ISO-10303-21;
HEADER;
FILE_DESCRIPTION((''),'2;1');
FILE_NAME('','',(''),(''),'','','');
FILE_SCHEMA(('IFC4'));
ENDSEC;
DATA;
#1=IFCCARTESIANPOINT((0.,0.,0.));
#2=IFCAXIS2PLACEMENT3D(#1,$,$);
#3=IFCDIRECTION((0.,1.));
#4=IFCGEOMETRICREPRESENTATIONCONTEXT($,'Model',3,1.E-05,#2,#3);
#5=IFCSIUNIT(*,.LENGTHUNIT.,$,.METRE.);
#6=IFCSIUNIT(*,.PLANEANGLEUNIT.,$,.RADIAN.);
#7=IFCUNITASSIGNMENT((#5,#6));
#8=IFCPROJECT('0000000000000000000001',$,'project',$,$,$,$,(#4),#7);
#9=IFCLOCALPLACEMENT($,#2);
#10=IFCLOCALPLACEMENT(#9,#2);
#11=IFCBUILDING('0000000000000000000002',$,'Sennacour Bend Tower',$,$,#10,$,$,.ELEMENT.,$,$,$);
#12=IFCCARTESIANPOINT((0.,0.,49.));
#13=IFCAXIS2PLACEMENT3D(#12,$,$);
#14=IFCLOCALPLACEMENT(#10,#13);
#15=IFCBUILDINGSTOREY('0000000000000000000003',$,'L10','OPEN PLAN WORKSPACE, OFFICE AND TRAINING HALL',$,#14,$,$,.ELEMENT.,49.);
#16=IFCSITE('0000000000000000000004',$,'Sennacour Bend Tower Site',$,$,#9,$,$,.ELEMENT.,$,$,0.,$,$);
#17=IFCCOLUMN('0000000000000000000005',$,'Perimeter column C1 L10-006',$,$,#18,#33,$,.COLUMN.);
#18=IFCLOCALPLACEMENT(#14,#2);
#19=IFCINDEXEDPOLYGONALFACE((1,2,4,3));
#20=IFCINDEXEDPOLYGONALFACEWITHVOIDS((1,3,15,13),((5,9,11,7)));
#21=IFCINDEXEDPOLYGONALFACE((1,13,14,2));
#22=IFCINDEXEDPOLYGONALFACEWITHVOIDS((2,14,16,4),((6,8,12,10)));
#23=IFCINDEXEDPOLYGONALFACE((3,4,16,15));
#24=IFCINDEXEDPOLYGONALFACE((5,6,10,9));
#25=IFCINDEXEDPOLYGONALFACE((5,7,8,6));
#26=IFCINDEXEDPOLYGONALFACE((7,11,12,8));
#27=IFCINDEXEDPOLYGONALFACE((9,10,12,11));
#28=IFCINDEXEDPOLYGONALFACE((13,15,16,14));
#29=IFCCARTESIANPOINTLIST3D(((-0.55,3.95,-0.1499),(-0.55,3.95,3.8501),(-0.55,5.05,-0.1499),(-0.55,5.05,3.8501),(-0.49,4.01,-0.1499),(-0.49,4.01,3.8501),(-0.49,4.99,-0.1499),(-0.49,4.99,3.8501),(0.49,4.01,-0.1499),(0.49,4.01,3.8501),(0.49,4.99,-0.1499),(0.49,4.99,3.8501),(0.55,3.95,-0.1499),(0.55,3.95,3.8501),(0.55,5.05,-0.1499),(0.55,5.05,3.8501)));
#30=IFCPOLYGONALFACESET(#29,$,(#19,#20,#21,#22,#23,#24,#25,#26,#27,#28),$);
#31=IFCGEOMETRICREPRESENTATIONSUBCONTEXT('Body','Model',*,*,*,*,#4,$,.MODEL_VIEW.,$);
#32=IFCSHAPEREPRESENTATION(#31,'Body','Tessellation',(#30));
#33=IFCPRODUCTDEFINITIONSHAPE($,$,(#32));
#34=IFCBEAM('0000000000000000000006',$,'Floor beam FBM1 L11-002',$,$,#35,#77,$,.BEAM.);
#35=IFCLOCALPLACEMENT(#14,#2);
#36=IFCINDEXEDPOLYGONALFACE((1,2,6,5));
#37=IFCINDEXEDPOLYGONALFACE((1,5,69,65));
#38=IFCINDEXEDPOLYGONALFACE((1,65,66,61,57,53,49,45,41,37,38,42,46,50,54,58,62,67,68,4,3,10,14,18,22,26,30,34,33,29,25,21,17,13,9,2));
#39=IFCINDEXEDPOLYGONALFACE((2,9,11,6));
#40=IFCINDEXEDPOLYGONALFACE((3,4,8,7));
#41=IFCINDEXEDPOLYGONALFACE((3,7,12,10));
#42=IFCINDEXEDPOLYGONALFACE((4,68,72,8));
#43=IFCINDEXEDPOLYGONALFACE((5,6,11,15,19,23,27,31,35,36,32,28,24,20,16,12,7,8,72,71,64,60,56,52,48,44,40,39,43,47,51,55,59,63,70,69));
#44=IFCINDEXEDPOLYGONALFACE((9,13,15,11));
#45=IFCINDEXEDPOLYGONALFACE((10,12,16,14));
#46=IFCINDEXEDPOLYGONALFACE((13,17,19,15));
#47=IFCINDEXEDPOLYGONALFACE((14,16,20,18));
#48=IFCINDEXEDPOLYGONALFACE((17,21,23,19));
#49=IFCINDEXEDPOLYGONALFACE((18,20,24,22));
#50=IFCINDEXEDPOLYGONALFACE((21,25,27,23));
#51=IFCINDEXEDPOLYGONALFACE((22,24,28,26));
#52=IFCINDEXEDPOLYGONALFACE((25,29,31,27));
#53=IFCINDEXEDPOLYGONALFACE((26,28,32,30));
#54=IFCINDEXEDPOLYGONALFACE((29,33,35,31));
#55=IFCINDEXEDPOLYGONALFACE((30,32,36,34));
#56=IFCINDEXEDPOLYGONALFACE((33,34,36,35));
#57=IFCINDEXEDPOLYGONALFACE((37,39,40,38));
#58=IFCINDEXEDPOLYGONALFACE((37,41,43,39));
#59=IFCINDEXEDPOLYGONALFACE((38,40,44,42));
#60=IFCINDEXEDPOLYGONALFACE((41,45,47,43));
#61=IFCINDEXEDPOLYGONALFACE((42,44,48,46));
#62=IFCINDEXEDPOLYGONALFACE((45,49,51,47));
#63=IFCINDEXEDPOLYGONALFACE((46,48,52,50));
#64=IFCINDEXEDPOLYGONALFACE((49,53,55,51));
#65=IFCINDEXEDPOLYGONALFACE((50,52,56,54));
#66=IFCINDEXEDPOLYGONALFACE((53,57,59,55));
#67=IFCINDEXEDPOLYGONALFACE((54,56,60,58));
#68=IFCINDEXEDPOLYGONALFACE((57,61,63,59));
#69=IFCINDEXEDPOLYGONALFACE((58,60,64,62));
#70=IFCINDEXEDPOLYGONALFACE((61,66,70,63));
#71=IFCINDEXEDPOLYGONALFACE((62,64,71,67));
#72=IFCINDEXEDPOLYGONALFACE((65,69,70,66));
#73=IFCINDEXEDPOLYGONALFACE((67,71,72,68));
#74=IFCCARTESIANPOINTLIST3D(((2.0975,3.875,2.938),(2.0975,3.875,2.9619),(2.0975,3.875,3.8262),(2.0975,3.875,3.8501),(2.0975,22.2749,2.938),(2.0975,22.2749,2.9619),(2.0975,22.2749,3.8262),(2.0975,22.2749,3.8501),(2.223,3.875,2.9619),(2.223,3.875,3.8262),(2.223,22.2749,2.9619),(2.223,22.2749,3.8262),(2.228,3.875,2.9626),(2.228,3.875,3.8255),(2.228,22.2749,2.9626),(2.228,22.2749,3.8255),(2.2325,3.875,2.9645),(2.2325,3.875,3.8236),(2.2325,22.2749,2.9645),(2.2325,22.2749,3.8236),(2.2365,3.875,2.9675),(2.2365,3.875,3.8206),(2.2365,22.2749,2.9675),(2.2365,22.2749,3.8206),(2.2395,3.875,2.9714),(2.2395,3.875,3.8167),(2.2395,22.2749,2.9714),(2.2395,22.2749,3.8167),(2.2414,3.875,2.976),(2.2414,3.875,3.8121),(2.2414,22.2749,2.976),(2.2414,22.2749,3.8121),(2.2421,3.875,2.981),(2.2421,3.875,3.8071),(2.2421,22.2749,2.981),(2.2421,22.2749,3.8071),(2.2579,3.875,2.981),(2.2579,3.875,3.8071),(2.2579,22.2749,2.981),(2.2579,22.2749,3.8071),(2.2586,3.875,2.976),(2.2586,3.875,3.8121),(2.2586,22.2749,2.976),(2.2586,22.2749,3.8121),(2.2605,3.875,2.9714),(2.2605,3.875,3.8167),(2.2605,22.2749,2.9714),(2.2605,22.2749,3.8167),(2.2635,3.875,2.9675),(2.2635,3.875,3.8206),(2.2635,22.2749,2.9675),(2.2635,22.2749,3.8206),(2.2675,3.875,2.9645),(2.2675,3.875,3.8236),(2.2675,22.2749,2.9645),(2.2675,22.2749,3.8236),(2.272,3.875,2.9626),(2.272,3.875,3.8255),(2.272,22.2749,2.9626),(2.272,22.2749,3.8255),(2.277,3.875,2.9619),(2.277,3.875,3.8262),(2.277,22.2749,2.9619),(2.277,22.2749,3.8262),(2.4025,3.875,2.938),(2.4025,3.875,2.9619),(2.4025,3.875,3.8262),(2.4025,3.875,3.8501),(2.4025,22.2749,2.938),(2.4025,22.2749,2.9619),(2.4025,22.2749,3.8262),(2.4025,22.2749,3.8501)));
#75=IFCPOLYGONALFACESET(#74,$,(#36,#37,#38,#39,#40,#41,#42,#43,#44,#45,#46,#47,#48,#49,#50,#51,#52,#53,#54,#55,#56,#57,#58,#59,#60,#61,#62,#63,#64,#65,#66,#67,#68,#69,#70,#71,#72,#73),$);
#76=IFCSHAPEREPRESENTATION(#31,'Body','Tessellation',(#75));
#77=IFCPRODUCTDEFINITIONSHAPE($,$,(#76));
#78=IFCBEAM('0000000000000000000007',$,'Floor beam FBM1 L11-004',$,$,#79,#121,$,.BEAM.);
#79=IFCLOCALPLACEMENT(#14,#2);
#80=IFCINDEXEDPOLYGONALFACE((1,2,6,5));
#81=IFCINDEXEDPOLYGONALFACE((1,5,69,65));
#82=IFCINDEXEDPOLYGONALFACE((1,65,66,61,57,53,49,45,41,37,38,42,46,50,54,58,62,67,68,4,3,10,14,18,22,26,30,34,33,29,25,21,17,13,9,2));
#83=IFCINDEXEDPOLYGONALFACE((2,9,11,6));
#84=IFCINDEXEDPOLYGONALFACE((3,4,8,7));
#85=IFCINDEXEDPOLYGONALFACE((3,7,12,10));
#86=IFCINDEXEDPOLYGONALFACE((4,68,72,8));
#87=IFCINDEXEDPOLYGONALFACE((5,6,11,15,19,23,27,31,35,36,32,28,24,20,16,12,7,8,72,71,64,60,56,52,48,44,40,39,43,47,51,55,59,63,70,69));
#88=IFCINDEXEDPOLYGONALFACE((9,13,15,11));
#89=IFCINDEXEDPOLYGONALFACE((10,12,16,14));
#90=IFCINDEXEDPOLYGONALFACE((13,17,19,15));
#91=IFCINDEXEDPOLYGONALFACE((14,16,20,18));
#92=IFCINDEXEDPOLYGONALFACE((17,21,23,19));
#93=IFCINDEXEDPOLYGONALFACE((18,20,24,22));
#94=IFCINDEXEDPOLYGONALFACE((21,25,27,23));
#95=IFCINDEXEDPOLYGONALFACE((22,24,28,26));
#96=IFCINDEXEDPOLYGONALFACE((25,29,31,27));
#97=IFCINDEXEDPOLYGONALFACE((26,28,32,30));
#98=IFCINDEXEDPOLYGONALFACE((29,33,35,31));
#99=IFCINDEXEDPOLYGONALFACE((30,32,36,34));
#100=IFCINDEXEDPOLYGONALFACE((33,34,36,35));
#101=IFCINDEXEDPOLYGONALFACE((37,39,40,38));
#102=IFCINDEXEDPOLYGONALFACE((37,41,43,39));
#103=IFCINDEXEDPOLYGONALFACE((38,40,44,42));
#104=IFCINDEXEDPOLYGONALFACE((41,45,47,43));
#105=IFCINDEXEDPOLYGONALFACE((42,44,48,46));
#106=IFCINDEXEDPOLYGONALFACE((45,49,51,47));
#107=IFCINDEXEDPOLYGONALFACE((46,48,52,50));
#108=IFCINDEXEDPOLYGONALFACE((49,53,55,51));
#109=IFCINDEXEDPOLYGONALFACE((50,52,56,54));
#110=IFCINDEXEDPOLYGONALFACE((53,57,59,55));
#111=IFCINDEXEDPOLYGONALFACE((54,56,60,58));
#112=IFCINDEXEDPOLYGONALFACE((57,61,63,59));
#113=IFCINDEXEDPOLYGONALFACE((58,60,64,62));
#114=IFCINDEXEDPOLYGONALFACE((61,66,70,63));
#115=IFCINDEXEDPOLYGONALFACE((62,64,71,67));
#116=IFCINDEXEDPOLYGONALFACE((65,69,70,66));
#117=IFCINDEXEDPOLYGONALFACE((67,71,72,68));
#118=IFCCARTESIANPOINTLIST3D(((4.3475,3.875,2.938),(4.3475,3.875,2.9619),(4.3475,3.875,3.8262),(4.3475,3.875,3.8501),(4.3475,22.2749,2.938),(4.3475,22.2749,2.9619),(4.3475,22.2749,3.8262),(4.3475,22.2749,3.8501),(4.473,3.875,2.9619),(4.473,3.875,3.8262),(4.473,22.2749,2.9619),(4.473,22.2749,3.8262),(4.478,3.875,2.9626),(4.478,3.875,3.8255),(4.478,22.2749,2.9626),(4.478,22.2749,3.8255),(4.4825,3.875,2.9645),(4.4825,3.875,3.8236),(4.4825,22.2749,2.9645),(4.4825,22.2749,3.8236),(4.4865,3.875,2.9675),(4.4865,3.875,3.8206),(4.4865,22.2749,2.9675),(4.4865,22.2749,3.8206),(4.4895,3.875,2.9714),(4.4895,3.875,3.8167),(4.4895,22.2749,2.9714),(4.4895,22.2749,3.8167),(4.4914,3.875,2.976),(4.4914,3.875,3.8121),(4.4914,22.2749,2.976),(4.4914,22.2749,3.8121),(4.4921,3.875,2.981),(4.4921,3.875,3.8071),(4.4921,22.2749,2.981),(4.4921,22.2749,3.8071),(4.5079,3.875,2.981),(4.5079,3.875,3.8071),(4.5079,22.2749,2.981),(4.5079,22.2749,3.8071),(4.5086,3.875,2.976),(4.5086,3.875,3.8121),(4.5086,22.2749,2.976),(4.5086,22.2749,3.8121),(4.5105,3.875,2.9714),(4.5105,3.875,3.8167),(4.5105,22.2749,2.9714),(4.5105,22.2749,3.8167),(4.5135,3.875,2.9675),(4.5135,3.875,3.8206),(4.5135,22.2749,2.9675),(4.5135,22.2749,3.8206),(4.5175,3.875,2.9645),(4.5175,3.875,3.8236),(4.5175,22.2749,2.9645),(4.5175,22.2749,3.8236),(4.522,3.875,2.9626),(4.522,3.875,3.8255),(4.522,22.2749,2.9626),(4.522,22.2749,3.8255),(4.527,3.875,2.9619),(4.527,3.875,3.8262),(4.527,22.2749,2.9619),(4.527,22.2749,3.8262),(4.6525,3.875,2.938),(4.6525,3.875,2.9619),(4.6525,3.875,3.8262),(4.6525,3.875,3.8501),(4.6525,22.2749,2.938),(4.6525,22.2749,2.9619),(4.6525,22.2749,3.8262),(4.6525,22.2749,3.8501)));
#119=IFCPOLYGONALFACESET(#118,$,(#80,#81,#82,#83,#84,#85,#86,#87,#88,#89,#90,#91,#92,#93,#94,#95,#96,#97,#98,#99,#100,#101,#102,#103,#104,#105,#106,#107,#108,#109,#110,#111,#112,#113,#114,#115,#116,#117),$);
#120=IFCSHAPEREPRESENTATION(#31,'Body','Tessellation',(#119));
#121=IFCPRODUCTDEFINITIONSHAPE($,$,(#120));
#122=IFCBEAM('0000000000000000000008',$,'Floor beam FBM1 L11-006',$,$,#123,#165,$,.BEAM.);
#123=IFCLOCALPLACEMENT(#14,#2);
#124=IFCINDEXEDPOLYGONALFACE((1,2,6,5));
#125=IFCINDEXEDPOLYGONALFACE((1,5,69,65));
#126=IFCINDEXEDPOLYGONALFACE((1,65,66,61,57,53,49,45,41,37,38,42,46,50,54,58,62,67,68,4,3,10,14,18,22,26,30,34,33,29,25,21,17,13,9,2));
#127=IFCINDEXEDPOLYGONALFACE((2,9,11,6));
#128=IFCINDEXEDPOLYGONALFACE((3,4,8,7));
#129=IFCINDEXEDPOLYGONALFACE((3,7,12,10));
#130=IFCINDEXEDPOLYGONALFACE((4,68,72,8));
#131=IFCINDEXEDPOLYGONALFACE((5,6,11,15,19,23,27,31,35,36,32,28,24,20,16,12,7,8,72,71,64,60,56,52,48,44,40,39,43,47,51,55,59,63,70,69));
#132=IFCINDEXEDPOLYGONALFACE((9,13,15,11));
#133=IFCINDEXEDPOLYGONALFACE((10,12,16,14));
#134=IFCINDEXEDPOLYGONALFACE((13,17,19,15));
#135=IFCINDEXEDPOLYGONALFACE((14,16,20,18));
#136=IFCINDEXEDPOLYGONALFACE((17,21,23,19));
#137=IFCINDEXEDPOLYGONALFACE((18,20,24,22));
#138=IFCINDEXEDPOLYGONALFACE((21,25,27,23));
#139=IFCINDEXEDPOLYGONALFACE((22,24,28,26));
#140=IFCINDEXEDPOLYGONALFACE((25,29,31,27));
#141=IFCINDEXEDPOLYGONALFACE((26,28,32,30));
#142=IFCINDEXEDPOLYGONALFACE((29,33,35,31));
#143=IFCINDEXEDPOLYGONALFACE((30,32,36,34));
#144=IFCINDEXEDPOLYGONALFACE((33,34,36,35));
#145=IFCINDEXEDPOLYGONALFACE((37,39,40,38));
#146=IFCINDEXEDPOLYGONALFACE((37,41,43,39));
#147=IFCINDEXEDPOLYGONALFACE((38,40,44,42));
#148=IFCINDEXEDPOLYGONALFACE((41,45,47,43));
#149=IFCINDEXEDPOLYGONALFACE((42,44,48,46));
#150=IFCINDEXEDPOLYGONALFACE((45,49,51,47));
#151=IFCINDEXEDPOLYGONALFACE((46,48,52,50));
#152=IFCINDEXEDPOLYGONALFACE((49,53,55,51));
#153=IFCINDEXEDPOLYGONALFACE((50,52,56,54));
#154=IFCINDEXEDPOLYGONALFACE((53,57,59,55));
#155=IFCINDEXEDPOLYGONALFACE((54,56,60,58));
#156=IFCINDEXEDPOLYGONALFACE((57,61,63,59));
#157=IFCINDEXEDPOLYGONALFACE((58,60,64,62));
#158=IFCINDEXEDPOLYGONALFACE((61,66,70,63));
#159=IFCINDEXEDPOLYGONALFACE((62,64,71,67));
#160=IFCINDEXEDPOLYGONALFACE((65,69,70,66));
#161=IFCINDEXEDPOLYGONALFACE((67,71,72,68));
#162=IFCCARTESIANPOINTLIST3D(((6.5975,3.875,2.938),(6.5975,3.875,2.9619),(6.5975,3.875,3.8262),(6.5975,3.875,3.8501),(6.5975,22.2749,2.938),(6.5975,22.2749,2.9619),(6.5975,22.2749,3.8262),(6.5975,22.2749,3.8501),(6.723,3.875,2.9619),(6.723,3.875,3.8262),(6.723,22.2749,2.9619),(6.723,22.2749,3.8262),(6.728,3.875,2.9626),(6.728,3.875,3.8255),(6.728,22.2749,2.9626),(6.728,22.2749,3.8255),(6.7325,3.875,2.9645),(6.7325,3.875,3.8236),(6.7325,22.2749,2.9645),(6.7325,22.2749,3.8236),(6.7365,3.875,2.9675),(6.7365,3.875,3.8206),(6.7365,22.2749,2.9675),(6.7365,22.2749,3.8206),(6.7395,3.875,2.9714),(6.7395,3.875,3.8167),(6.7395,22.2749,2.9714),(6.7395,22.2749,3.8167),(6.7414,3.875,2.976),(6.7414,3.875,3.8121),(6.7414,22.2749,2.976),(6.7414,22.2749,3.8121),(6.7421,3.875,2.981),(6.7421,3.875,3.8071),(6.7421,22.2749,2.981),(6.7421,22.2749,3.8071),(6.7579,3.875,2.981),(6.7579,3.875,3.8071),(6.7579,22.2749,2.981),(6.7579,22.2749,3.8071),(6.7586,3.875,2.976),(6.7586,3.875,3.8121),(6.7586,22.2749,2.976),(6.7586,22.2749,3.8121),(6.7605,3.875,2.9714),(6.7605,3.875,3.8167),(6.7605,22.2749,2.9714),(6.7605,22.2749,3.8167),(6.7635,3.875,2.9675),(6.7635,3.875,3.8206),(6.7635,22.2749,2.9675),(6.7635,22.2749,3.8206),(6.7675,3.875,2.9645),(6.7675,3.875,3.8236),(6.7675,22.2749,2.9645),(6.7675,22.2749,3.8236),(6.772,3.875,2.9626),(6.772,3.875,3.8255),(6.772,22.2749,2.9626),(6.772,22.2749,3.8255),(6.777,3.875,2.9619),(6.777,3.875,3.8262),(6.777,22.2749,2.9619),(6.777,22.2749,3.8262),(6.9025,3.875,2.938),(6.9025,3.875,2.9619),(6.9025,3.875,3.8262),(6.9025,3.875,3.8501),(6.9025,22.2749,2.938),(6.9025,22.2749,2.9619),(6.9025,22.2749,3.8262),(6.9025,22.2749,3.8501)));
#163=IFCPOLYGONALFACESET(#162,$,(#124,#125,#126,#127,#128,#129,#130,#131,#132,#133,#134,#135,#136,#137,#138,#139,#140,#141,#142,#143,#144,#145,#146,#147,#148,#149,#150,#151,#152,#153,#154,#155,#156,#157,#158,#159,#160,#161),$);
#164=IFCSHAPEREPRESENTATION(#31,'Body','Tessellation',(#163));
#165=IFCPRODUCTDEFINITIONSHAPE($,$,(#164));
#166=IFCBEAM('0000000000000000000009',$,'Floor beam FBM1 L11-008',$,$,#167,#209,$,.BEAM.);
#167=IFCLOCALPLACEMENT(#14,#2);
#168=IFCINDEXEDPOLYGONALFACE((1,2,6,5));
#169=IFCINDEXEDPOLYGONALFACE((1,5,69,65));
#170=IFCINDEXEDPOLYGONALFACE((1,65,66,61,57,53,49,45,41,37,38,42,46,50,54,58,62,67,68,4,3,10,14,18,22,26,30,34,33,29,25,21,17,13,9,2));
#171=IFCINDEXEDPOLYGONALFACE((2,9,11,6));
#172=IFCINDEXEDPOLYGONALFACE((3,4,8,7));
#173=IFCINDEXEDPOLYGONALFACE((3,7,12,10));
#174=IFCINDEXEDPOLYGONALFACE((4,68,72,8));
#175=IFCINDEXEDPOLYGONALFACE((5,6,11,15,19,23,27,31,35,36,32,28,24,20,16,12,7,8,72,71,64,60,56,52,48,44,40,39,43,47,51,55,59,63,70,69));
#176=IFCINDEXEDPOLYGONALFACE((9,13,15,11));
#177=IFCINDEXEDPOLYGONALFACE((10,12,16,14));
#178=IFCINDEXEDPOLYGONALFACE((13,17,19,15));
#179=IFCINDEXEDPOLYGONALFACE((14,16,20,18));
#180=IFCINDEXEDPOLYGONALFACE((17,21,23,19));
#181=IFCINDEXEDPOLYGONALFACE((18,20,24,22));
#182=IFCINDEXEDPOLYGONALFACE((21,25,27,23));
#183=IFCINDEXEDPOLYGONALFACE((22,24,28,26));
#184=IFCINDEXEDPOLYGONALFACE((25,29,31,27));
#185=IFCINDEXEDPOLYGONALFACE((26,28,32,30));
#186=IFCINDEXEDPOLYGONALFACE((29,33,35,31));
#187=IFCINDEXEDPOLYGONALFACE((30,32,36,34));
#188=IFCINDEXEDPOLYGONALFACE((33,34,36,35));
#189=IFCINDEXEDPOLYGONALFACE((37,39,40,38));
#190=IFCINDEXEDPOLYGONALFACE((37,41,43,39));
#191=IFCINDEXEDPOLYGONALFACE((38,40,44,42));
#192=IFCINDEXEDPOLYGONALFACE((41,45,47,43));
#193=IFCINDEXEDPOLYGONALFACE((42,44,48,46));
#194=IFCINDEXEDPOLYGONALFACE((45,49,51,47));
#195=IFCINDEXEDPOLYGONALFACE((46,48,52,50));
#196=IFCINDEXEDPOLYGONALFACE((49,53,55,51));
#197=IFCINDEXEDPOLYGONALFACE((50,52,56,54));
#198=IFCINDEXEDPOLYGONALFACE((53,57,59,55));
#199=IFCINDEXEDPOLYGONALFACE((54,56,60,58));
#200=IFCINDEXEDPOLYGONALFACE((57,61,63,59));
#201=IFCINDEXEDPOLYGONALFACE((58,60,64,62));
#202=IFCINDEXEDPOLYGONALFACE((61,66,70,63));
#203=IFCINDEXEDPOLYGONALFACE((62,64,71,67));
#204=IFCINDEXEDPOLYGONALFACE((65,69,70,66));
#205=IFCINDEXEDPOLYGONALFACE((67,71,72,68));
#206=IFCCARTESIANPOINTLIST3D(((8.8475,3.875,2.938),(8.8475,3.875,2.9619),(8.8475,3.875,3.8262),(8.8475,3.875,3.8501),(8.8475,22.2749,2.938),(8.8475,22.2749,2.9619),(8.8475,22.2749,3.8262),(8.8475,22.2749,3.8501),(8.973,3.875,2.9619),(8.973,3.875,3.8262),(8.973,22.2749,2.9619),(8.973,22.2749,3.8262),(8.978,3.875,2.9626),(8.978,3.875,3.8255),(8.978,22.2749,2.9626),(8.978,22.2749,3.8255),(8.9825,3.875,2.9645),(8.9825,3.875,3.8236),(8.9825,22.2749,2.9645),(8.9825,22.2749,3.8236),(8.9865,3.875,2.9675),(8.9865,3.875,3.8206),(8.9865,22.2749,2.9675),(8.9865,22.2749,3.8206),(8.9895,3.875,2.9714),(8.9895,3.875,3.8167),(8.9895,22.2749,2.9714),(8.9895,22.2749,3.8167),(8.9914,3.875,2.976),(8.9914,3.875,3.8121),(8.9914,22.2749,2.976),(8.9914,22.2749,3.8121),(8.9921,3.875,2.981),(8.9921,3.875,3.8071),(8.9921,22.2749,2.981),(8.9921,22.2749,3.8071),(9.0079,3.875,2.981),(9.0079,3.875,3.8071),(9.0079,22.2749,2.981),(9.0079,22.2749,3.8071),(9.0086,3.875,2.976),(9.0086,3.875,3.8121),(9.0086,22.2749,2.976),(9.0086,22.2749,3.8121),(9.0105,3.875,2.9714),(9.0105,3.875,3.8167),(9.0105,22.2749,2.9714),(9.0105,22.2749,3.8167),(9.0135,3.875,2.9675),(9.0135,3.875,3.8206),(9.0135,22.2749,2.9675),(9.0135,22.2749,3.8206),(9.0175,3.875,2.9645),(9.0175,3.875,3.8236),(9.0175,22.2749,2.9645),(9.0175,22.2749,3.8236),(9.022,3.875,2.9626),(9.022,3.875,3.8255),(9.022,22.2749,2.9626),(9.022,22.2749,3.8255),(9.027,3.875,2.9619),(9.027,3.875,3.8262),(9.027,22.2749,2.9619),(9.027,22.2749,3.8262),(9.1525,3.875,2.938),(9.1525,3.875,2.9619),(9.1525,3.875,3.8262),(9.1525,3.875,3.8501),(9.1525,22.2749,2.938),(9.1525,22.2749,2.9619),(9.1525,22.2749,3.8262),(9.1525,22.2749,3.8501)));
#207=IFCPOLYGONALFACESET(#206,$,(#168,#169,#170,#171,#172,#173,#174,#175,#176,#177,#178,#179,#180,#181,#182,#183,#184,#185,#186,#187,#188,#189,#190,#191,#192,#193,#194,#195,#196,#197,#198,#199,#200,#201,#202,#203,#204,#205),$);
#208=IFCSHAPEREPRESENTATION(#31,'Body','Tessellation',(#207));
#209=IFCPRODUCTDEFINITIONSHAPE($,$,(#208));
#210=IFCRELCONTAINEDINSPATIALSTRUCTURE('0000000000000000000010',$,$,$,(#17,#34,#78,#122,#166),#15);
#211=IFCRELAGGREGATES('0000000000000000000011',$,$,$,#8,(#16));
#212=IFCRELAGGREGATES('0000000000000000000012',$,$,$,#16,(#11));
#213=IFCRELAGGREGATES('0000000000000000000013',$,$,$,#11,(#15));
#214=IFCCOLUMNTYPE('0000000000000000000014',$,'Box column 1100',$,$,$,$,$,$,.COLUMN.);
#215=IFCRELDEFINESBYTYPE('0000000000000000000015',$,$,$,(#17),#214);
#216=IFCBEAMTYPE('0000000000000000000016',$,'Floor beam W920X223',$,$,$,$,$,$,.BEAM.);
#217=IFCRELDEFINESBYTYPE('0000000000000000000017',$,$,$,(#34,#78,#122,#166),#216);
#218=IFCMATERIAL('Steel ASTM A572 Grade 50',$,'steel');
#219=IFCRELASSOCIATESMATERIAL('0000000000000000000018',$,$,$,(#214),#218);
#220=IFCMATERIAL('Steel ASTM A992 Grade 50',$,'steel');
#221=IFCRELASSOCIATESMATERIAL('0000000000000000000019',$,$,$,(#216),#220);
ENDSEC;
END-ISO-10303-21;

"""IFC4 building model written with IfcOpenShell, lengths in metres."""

from ifc_helpers import new_model, si_unit, direction, frame, origin, origin_2d, place, context, subcontext, project, spatial, hollow_rectangle, i_section, extrude, material, material_profile, profile_set, type_object, element, save


model = new_model("IFC4")

# Units and contexts
model_context = context("Model", 3, precision=1e-05, world=origin(), true_north=direction((0.0, 1.0)))
body_context = subcontext(model_context, "Body", "Model", "MODEL_VIEW")
ifc_project = project(units=[si_unit("LENGTHUNIT", "METRE"), si_unit("PLANEANGLEUNIT", "RADIAN")], contexts=[model_context])

# Site, building, storey
site_placement = place(None, origin())
site = spatial("IfcSite", under=ifc_project, at=site_placement, Name="Sennacour Bend Tower Site", CompositionType="ELEMENT", RefElevation=0.0)
building_placement = place(site_placement, origin())
building = spatial("IfcBuilding", under=site, at=building_placement, Name="Sennacour Bend Tower", CompositionType="ELEMENT")
storey_placement = place(building_placement, frame((0.0, 0.0, 49.0)))
storey = spatial("IfcBuildingStorey", under=building, at=storey_placement, Name="L10", Description="OPEN PLAN WORKSPACE, OFFICE AND TRAINING HALL", CompositionType="ELEMENT", Elevation=49.0)

# Column
ifc_material_1 = material(Name="Steel ASTM A572 Grade 50", Category="steel")
ifc_material_profile_1 = material_profile(ifc_material_1, hollow_rectangle(XDim=1.1001, YDim=1.1001, WallThickness=0.0601, at=origin_2d()), Name="Steel ASTM A572 Grade 50", Category="steel")
ifc_profile_set_1 = profile_set([ifc_material_profile_1], Name="Steel ASTM A572 Grade 50")
column_type = type_object("IfcColumnType", Name="Box column 1100", PredefinedType="COLUMN", material=ifc_profile_set_1)
column_placement = place(storey_placement, frame((0.0, 4.5, -0.1499), z_axis=(0.0, 0.0, 1.0), x_axis=(1.0, 0.0, 0.0)))
element("IfcColumn", 1, at=column_placement, inside=storey, type_object=column_type, Name="Perimeter column C1 L10-006", PredefinedType="COLUMN", context=body_context, shape_type="SweptSolid", body=[
    extrude(hollow_rectangle(XDim=1.1001, YDim=1.1001, WallThickness=0.0601, at=origin_2d()), origin(), (0.0, 0.0, 1.0), 4.0),
])

# Beams
ifc_material_2 = material(Name="Steel ASTM A992 Grade 50", Category="steel")
ifc_material_profile_2 = material_profile(ifc_material_2, i_section(OverallWidth=0.3049, OverallDepth=0.9121, WebThickness=0.0159, FlangeThickness=0.0239, FilletRadius=0.019, at=origin_2d()), Name="Steel ASTM A992 Grade 50", Category="steel")
ifc_profile_set_2 = profile_set([ifc_material_profile_2], Name="Steel ASTM A992 Grade 50")
beam_type_1 = type_object("IfcBeamType", Name="Floor beam W920X223", PredefinedType="BEAM", material=ifc_profile_set_2)
for number, where, z_axis, x_axis, name in (
    (2, (2.25, 3.875, 3.394), (0.0, 1.0, 0.0), (-1.0, 0.0, 0.0), "Floor beam FBM1 L11-002"),
    (3, (4.5, 3.875, 3.394), (0.0, 1.0, 0.0), (-1.0, 0.0, 0.0), "Floor beam FBM1 L11-004"),
    (4, (6.75, 3.875, 3.394), (0.0, 1.0, 0.0), (-1.0, 0.0, 0.0), "Floor beam FBM1 L11-006"),
    (5, (9.0, 3.875, 3.394), (0.0, 1.0, 0.0), (-1.0, 0.0, 0.0), "Floor beam FBM1 L11-008"),
):
    element("IfcBeam", number, at=place(storey_placement, frame(where, z_axis=z_axis, x_axis=x_axis)), inside=storey, type_object=beam_type_1, Name=name, PredefinedType="BEAM", context=body_context, shape_type="SweptSolid", body=[
        extrude(i_section(OverallWidth=0.3049, OverallDepth=0.9121, WebThickness=0.0159, FlangeThickness=0.0239, FilletRadius=0.019, at=origin_2d()), origin(), (0.0, 0.0, 1.0), 18.3999),
    ])

save(model, "model.ifc")
